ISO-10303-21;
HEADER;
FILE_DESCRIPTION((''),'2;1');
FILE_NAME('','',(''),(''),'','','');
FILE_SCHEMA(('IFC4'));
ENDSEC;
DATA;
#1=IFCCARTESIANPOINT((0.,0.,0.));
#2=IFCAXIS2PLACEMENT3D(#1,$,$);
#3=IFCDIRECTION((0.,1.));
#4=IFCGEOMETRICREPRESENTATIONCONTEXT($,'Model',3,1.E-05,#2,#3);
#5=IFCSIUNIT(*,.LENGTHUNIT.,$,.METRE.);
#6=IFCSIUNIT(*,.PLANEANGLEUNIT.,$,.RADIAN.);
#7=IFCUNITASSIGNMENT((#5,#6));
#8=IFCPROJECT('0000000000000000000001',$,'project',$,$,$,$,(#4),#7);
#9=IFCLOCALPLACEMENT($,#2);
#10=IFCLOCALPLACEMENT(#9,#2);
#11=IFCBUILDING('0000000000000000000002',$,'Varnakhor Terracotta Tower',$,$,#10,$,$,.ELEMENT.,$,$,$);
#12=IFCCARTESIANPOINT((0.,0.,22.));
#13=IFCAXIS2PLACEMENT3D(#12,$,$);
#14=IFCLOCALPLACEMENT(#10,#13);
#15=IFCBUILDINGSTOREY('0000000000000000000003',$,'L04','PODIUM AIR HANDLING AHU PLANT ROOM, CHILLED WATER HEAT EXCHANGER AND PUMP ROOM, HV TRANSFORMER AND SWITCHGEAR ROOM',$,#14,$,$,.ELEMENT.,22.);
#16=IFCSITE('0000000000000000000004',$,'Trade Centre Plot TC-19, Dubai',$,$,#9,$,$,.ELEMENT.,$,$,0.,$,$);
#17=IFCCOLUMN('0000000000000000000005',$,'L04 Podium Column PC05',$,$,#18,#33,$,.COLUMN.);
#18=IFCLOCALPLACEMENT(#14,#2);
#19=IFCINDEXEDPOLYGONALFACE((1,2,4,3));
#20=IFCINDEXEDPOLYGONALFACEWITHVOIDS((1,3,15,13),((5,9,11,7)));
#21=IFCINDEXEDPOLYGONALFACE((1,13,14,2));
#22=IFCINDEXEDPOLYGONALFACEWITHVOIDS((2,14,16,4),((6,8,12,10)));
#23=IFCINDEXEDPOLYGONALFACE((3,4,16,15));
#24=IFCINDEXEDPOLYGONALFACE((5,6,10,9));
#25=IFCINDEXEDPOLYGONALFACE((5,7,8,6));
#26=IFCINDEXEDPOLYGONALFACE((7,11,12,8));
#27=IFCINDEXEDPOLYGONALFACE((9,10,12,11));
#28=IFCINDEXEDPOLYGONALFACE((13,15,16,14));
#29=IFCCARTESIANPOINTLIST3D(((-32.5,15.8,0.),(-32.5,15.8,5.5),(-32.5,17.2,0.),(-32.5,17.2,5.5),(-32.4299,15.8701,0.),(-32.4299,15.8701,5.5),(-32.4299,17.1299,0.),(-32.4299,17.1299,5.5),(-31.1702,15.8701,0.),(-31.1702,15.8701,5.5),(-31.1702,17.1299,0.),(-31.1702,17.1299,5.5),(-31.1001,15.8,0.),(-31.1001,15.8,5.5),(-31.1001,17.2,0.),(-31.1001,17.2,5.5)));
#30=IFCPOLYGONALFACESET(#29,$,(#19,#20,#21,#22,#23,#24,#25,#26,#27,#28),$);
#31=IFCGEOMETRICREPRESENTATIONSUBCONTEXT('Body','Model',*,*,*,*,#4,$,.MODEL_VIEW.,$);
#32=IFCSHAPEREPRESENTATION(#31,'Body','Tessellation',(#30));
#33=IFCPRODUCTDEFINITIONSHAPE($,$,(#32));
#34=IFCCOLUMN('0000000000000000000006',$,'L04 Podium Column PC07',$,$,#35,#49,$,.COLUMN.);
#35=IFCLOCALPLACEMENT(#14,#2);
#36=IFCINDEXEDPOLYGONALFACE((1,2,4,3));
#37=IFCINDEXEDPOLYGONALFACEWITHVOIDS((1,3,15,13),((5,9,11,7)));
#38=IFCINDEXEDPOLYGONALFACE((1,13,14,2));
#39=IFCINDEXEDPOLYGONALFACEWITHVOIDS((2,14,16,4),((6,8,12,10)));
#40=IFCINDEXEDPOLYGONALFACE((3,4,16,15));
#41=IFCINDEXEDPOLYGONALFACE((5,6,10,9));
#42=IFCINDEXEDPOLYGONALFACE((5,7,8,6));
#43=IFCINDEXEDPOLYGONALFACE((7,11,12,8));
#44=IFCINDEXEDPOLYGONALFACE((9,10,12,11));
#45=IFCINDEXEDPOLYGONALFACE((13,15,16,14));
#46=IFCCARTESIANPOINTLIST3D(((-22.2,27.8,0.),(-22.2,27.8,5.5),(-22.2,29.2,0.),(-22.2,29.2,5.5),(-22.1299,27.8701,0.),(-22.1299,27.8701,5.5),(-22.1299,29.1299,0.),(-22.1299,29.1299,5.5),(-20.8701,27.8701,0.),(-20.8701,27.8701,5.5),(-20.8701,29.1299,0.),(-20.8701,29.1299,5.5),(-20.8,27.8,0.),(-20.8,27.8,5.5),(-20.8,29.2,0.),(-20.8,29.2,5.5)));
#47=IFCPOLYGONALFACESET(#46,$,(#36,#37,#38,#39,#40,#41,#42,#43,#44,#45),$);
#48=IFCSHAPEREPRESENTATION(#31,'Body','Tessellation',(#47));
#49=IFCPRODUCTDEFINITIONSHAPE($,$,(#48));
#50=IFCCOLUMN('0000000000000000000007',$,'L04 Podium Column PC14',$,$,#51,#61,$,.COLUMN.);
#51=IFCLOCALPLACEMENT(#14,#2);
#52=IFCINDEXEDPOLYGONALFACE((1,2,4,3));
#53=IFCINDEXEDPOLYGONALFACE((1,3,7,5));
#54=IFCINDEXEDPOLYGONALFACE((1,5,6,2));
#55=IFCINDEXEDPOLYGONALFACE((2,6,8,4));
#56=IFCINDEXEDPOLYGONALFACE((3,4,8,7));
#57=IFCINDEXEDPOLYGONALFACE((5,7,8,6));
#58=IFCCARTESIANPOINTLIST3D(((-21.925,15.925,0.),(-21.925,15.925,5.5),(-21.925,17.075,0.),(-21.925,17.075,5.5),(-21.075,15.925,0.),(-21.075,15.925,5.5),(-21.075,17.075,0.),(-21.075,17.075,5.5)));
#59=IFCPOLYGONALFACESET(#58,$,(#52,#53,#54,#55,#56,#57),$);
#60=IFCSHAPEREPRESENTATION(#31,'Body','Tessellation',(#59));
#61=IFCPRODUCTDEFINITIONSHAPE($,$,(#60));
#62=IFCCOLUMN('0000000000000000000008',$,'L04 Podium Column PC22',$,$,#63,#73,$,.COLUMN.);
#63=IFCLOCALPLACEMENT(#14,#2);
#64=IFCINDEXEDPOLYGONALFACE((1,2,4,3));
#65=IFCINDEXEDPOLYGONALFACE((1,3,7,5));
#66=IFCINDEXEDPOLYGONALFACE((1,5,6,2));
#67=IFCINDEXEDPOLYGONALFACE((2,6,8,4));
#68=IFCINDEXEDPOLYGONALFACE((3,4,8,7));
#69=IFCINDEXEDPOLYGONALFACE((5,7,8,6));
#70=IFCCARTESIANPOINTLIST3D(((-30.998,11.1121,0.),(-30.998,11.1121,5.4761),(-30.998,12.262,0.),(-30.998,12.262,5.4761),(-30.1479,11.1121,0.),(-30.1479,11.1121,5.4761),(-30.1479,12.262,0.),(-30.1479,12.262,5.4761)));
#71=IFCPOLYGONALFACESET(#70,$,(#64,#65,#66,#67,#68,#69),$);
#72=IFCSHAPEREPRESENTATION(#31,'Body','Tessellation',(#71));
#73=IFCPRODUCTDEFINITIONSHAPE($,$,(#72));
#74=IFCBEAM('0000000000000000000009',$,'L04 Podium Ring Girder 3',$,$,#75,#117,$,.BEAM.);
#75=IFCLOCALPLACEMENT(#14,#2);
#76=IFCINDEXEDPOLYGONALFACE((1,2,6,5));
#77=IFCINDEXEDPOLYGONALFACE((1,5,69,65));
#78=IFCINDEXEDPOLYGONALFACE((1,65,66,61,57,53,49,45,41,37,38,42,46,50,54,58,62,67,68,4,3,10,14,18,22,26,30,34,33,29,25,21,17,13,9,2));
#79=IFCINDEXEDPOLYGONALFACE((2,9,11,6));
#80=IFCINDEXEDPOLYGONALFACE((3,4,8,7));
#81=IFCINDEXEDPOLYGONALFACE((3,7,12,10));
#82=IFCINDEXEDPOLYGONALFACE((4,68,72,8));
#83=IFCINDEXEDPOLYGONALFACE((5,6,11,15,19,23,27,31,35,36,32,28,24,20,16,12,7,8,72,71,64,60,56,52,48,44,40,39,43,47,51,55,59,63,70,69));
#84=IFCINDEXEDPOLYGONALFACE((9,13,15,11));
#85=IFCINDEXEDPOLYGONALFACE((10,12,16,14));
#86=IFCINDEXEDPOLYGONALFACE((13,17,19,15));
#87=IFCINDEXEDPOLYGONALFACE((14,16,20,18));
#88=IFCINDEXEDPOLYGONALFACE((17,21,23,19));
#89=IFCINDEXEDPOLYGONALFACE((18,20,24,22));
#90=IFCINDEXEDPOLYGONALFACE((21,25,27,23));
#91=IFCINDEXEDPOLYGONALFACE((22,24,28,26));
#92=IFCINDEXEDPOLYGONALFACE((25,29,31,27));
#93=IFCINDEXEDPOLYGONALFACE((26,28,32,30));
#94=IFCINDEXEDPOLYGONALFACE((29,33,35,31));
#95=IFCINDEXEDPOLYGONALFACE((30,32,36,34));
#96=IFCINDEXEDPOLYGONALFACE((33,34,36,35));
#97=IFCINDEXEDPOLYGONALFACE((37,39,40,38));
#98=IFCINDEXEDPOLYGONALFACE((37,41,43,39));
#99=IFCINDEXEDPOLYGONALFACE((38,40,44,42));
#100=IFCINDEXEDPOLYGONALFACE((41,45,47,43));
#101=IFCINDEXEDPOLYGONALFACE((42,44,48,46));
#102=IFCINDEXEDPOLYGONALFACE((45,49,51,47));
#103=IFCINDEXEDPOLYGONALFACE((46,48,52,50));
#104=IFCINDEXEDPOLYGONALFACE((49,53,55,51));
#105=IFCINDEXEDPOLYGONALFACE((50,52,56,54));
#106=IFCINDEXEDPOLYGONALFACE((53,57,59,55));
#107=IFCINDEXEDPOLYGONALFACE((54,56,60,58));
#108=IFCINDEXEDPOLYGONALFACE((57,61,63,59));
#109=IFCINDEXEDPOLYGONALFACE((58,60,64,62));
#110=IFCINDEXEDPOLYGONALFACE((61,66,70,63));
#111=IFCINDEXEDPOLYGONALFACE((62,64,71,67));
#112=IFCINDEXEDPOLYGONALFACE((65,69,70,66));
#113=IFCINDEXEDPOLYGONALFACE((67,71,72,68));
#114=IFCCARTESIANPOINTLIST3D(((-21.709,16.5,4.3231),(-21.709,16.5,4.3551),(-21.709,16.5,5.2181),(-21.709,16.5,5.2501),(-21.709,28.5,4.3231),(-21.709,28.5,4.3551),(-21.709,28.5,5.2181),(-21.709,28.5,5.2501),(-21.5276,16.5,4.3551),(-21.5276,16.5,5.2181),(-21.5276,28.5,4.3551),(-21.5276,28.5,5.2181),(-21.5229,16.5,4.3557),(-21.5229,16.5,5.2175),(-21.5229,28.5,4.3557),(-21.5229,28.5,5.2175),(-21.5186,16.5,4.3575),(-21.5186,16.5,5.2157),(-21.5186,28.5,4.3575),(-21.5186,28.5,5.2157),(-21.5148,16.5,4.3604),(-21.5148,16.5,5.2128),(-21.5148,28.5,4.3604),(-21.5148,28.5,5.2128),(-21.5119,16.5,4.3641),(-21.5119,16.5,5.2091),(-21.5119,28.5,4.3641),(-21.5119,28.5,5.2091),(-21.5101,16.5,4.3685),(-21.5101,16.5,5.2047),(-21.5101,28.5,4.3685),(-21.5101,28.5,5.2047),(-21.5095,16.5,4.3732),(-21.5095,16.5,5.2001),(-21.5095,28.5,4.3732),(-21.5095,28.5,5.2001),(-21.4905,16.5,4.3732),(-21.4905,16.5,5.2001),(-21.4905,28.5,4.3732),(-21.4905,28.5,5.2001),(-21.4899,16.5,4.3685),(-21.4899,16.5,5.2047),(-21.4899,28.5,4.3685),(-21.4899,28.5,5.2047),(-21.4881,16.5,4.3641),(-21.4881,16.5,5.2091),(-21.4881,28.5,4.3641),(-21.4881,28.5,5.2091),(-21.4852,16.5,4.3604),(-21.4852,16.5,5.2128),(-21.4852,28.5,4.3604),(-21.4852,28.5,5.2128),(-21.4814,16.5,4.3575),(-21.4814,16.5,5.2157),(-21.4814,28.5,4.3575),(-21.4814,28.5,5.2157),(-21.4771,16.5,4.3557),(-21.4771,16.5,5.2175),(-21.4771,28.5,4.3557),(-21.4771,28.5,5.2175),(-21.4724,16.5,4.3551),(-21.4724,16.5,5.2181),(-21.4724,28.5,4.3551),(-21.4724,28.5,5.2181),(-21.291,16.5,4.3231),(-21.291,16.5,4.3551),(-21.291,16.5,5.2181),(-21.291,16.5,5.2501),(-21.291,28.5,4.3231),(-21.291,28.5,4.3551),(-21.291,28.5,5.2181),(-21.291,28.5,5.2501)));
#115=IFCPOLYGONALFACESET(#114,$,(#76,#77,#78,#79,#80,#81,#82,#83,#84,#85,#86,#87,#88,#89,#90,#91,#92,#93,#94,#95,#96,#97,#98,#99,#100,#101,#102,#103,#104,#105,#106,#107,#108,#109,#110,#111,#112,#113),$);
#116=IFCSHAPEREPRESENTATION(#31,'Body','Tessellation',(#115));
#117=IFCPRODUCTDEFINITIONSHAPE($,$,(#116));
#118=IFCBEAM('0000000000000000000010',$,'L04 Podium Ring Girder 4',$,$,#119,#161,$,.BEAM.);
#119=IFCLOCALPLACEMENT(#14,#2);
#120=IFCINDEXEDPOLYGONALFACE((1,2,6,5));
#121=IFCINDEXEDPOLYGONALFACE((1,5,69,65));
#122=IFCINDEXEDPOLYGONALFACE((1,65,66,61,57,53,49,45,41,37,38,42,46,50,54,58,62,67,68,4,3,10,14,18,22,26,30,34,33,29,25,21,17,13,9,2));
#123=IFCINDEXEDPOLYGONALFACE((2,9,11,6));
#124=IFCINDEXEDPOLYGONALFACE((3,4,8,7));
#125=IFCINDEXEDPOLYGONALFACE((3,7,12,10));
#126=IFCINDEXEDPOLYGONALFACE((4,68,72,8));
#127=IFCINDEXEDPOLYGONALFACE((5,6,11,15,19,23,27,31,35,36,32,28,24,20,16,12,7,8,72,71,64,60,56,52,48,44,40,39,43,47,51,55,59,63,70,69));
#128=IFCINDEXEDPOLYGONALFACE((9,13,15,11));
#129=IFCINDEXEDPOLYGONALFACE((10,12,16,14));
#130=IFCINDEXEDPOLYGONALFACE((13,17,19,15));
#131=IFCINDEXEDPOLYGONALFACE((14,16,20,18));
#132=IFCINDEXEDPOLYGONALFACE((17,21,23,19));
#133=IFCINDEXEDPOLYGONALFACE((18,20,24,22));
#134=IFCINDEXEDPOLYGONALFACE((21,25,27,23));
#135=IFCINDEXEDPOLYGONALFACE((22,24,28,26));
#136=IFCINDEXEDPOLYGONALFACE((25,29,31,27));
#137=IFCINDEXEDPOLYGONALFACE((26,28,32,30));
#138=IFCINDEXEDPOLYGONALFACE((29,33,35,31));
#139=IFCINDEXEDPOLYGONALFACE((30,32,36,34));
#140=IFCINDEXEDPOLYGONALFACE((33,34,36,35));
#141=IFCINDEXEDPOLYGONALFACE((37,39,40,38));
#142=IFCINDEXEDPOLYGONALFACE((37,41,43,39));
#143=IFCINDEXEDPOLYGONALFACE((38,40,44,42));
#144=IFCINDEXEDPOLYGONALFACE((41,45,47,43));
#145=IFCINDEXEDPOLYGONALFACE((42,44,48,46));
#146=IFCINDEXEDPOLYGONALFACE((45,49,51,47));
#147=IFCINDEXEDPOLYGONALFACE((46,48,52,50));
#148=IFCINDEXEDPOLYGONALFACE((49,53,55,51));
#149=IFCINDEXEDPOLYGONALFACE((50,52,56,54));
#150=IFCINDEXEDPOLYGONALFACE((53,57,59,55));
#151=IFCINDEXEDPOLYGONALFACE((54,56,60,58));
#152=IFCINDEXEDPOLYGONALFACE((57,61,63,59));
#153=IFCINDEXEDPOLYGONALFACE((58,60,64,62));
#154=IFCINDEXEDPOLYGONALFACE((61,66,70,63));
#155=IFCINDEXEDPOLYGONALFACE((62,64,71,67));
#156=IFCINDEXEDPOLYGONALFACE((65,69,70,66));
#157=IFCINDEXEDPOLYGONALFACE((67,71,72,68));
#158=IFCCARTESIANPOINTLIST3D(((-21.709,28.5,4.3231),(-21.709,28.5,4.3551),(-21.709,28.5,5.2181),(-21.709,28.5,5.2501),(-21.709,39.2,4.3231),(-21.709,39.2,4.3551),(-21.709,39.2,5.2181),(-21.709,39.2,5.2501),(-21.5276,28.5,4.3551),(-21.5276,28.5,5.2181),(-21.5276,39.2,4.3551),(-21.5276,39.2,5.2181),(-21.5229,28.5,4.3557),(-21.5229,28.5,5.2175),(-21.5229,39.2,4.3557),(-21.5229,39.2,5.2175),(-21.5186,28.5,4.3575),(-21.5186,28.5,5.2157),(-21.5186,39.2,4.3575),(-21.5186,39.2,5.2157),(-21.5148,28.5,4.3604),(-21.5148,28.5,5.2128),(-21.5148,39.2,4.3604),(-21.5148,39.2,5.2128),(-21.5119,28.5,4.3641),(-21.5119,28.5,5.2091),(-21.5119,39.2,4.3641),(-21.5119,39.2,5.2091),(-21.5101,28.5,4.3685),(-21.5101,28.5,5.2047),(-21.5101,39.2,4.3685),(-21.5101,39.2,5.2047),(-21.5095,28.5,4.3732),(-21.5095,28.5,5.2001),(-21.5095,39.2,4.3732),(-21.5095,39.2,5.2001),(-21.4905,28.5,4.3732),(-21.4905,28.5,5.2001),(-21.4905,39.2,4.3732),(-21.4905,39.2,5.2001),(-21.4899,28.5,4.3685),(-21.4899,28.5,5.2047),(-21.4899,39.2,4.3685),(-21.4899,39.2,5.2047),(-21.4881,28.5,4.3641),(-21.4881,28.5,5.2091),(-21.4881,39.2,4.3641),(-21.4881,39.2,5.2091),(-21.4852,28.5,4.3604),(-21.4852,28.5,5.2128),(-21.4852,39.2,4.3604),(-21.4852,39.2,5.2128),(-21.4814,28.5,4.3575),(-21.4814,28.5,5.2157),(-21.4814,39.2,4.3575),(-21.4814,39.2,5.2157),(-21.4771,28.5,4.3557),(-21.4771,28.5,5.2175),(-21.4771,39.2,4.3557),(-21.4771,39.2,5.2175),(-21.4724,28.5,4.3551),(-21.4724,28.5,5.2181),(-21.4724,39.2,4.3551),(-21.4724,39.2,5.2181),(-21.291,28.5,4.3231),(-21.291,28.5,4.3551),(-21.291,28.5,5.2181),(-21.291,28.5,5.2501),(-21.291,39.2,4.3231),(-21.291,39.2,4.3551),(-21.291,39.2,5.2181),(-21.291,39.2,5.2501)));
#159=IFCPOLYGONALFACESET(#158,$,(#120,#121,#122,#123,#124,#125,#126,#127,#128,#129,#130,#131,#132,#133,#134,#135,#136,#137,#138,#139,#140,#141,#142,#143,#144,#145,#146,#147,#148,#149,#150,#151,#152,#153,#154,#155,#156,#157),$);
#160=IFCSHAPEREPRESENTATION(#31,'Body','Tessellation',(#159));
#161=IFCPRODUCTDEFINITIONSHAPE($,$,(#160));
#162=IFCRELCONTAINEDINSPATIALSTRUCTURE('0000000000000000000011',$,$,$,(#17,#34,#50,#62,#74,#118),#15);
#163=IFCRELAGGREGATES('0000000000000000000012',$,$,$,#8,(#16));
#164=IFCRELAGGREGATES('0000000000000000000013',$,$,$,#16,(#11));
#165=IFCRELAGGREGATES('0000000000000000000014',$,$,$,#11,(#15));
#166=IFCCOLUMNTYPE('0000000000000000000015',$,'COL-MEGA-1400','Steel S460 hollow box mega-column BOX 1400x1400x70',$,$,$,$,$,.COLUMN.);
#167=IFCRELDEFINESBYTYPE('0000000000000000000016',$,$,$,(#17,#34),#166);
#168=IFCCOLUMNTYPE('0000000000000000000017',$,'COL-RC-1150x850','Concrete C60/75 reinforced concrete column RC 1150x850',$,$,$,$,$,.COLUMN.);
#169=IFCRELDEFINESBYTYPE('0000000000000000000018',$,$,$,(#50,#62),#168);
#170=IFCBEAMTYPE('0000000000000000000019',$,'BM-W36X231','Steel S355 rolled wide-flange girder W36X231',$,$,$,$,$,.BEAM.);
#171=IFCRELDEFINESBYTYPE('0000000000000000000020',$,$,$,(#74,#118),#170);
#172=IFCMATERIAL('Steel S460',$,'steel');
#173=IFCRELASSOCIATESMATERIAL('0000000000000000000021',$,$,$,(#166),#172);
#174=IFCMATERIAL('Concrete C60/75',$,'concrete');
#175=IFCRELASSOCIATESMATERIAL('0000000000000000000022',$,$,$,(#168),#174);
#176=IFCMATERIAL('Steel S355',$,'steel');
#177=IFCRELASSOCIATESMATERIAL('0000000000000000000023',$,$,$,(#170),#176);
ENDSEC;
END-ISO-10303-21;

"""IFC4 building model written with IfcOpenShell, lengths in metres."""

from ifc_helpers import new_model, si_unit, direction, frame, origin, origin_2d, place, context, subcontext, project, spatial, rectangle, hollow_rectangle, i_section, extrude, source, transform, mapped, material, material_profile, profile_set, type_object, element, save


model = new_model("IFC4")

# Units and contexts
model_context = context("Model", 3, precision=1e-05, world=origin(), true_north=direction((0.0, 1.0)))
body_context = subcontext(model_context, "Body", "Model", "MODEL_VIEW")
ifc_project = project(units=[si_unit("LENGTHUNIT", "METRE"), si_unit("PLANEANGLEUNIT", "RADIAN")], contexts=[model_context])

# Site, building, storey
site_placement = place(None, origin())
site = spatial("IfcSite", under=ifc_project, at=site_placement, Name="Trade Centre Plot TC-19, Dubai", CompositionType="ELEMENT", RefElevation=0.0)
building_placement = place(site_placement, origin())
building = spatial("IfcBuilding", under=site, at=building_placement, Name="Varnakhor Terracotta Tower", CompositionType="ELEMENT")
storey_placement = place(building_placement, frame((0.0, 0.0, 22.0)))
storey = spatial("IfcBuildingStorey", under=building, at=storey_placement, Name="L04", Description="PODIUM AIR HANDLING AHU PLANT ROOM, CHILLED WATER HEAT EXCHANGER AND PUMP ROOM, HV TRANSFORMER AND SWITCHGEAR ROOM", CompositionType="ELEMENT", Elevation=22.0)

# Columns
ifc_material_1 = material(Name="Steel S460", Category="steel")
ifc_material_profile_1 = material_profile(ifc_material_1, hollow_rectangle(XDim=1.3999, YDim=1.3999, WallThickness=0.0701, at=origin_2d()), Name="BOX 1400x1400x70")
ifc_profile_set_1 = profile_set([ifc_material_profile_1], Name="Steel S460")
column_type_1 = type_object("IfcColumnType", Name="COL-MEGA-1400", Description="Steel S460 hollow box mega-column BOX 1400x1400x70", PredefinedType="COLUMN", material=ifc_profile_set_1)
shared_shape_1 = source(origin(), body_context, "Body", "SweptSolid", [
    extrude(hollow_rectangle(XDim=1.3999, YDim=1.3999, WallThickness=0.0701, at=origin_2d()), origin(), (0.0, 0.0, 1.0), 5.5),
])
for number, where, z_axis, x_axis, name in (
    (1, (-31.8, 16.5, 0.0), (0.0, 0.0, 1.0), (1.0, 0.0, 0.0), "L04 Podium Column PC05"),
    (2, (-21.5, 28.5, 0.0), (0.0, 0.0, 1.0), (1.0, 0.0, 0.0), "L04 Podium Column PC07"),
):
    element("IfcColumn", number, at=place(storey_placement, frame(where, z_axis=z_axis, x_axis=x_axis)), inside=storey, type_object=column_type_1, Name=name, PredefinedType="COLUMN", context=body_context, shape_type="MappedRepresentation", body=[
        mapped(shared_shape_1, transform((0.0, 0.0, 0.0), scale=1.0)),
    ])
ifc_material_2 = material(Name="Concrete C60/75", Category="concrete")
ifc_material_profile_2 = material_profile(ifc_material_2, rectangle(XDim=0.8501, YDim=1.1499, at=origin_2d()), Name="RC 1150x850")
ifc_profile_set_2 = profile_set([ifc_material_profile_2], Name="Concrete C60/75")
column_type_2 = type_object("IfcColumnType", Name="COL-RC-1150x850", Description="Concrete C60/75 reinforced concrete column RC 1150x850", PredefinedType="COLUMN", material=ifc_profile_set_2)
shared_shape_2 = source(origin(), body_context, "Body", "SweptSolid", [
    extrude(rectangle(XDim=0.8501, YDim=1.1499, at=origin_2d()), origin(), (0.0, 0.0, 1.0), 5.5),
])
column_1_placement = place(storey_placement, frame((-21.5, 16.5, 0.0), z_axis=(0.0, 0.0, 1.0), x_axis=(1.0, 0.0, 0.0)))
element("IfcColumn", 3, at=column_1_placement, inside=storey, type_object=column_type_2, Name="L04 Podium Column PC14", PredefinedType="COLUMN", context=body_context, shape_type="MappedRepresentation", body=[
    mapped(shared_shape_2, transform((0.0, 0.0, 0.0), scale=1.0)),
])
shared_shape_3 = source(origin(), body_context, "Body", "SweptSolid", [
    extrude(rectangle(XDim=0.8501, YDim=1.1499, at=origin_2d()), origin(), (0.0, 0.0, 1.0), 5.4761),
])
column_2_placement = place(storey_placement, frame((-30.573, 11.687, 0.0), z_axis=(0.0, 0.0, 1.0), x_axis=(1.0, 0.0, 0.0)))
element("IfcColumn", 4, at=column_2_placement, inside=storey, type_object=column_type_2, Name="L04 Podium Column PC22", PredefinedType="COLUMN", context=body_context, shape_type="MappedRepresentation", body=[
    mapped(shared_shape_3, transform((0.0, 0.0, 0.0), scale=1.0)),
])

# Beams
ifc_material_3 = material(Name="Steel S355", Category="steel")
ifc_material_profile_3 = material_profile(ifc_material_3, i_section(OverallWidth=0.418, OverallDepth=0.927, WebThickness=0.019, FlangeThickness=0.032, FilletRadius=0.0181, at=origin_2d()), Name="W36X231")
ifc_profile_set_3 = profile_set([ifc_material_profile_3], Name="Steel S355")
beam_type_1 = type_object("IfcBeamType", Name="BM-W36X231", Description="Steel S355 rolled wide-flange girder W36X231", PredefinedType="BEAM", material=ifc_profile_set_3)
shared_shape_4 = source(origin(), body_context, "Body", "SweptSolid", [
    extrude(i_section(OverallWidth=0.418, OverallDepth=0.927, WebThickness=0.019, FlangeThickness=0.032, FilletRadius=0.0181, at=origin_2d()), origin(), (0.0, 0.0, 1.0), 12.0),
])
beam_1_placement = place(storey_placement, frame((-21.5, 16.5, 4.7866), z_axis=(0.0, 1.0, 0.0), x_axis=(-1.0, 0.0, 0.0)))
element("IfcBeam", 5, at=beam_1_placement, inside=storey, type_object=beam_type_1, Name="L04 Podium Ring Girder 3", PredefinedType="BEAM", context=body_context, shape_type="MappedRepresentation", body=[
    mapped(shared_shape_4, transform((0.0, 0.0, 0.0), scale=1.0)),
])
shared_shape_5 = source(origin(), body_context, "Body", "SweptSolid", [
    extrude(i_section(OverallWidth=0.418, OverallDepth=0.927, WebThickness=0.019, FlangeThickness=0.032, FilletRadius=0.0181, at=origin_2d()), origin(), (0.0, 0.0, 1.0), 10.7),
])
beam_2_placement = place(storey_placement, frame((-21.5, 28.5, 4.7866), z_axis=(0.0, 1.0, 0.0), x_axis=(-1.0, 0.0, 0.0)))
element("IfcBeam", 6, at=beam_2_placement, inside=storey, type_object=beam_type_1, Name="L04 Podium Ring Girder 4", PredefinedType="BEAM", context=body_context, shape_type="MappedRepresentation", body=[
    mapped(shared_shape_5, transform((0.0, 0.0, 0.0), scale=1.0)),
])

save(model, "model.ifc")
